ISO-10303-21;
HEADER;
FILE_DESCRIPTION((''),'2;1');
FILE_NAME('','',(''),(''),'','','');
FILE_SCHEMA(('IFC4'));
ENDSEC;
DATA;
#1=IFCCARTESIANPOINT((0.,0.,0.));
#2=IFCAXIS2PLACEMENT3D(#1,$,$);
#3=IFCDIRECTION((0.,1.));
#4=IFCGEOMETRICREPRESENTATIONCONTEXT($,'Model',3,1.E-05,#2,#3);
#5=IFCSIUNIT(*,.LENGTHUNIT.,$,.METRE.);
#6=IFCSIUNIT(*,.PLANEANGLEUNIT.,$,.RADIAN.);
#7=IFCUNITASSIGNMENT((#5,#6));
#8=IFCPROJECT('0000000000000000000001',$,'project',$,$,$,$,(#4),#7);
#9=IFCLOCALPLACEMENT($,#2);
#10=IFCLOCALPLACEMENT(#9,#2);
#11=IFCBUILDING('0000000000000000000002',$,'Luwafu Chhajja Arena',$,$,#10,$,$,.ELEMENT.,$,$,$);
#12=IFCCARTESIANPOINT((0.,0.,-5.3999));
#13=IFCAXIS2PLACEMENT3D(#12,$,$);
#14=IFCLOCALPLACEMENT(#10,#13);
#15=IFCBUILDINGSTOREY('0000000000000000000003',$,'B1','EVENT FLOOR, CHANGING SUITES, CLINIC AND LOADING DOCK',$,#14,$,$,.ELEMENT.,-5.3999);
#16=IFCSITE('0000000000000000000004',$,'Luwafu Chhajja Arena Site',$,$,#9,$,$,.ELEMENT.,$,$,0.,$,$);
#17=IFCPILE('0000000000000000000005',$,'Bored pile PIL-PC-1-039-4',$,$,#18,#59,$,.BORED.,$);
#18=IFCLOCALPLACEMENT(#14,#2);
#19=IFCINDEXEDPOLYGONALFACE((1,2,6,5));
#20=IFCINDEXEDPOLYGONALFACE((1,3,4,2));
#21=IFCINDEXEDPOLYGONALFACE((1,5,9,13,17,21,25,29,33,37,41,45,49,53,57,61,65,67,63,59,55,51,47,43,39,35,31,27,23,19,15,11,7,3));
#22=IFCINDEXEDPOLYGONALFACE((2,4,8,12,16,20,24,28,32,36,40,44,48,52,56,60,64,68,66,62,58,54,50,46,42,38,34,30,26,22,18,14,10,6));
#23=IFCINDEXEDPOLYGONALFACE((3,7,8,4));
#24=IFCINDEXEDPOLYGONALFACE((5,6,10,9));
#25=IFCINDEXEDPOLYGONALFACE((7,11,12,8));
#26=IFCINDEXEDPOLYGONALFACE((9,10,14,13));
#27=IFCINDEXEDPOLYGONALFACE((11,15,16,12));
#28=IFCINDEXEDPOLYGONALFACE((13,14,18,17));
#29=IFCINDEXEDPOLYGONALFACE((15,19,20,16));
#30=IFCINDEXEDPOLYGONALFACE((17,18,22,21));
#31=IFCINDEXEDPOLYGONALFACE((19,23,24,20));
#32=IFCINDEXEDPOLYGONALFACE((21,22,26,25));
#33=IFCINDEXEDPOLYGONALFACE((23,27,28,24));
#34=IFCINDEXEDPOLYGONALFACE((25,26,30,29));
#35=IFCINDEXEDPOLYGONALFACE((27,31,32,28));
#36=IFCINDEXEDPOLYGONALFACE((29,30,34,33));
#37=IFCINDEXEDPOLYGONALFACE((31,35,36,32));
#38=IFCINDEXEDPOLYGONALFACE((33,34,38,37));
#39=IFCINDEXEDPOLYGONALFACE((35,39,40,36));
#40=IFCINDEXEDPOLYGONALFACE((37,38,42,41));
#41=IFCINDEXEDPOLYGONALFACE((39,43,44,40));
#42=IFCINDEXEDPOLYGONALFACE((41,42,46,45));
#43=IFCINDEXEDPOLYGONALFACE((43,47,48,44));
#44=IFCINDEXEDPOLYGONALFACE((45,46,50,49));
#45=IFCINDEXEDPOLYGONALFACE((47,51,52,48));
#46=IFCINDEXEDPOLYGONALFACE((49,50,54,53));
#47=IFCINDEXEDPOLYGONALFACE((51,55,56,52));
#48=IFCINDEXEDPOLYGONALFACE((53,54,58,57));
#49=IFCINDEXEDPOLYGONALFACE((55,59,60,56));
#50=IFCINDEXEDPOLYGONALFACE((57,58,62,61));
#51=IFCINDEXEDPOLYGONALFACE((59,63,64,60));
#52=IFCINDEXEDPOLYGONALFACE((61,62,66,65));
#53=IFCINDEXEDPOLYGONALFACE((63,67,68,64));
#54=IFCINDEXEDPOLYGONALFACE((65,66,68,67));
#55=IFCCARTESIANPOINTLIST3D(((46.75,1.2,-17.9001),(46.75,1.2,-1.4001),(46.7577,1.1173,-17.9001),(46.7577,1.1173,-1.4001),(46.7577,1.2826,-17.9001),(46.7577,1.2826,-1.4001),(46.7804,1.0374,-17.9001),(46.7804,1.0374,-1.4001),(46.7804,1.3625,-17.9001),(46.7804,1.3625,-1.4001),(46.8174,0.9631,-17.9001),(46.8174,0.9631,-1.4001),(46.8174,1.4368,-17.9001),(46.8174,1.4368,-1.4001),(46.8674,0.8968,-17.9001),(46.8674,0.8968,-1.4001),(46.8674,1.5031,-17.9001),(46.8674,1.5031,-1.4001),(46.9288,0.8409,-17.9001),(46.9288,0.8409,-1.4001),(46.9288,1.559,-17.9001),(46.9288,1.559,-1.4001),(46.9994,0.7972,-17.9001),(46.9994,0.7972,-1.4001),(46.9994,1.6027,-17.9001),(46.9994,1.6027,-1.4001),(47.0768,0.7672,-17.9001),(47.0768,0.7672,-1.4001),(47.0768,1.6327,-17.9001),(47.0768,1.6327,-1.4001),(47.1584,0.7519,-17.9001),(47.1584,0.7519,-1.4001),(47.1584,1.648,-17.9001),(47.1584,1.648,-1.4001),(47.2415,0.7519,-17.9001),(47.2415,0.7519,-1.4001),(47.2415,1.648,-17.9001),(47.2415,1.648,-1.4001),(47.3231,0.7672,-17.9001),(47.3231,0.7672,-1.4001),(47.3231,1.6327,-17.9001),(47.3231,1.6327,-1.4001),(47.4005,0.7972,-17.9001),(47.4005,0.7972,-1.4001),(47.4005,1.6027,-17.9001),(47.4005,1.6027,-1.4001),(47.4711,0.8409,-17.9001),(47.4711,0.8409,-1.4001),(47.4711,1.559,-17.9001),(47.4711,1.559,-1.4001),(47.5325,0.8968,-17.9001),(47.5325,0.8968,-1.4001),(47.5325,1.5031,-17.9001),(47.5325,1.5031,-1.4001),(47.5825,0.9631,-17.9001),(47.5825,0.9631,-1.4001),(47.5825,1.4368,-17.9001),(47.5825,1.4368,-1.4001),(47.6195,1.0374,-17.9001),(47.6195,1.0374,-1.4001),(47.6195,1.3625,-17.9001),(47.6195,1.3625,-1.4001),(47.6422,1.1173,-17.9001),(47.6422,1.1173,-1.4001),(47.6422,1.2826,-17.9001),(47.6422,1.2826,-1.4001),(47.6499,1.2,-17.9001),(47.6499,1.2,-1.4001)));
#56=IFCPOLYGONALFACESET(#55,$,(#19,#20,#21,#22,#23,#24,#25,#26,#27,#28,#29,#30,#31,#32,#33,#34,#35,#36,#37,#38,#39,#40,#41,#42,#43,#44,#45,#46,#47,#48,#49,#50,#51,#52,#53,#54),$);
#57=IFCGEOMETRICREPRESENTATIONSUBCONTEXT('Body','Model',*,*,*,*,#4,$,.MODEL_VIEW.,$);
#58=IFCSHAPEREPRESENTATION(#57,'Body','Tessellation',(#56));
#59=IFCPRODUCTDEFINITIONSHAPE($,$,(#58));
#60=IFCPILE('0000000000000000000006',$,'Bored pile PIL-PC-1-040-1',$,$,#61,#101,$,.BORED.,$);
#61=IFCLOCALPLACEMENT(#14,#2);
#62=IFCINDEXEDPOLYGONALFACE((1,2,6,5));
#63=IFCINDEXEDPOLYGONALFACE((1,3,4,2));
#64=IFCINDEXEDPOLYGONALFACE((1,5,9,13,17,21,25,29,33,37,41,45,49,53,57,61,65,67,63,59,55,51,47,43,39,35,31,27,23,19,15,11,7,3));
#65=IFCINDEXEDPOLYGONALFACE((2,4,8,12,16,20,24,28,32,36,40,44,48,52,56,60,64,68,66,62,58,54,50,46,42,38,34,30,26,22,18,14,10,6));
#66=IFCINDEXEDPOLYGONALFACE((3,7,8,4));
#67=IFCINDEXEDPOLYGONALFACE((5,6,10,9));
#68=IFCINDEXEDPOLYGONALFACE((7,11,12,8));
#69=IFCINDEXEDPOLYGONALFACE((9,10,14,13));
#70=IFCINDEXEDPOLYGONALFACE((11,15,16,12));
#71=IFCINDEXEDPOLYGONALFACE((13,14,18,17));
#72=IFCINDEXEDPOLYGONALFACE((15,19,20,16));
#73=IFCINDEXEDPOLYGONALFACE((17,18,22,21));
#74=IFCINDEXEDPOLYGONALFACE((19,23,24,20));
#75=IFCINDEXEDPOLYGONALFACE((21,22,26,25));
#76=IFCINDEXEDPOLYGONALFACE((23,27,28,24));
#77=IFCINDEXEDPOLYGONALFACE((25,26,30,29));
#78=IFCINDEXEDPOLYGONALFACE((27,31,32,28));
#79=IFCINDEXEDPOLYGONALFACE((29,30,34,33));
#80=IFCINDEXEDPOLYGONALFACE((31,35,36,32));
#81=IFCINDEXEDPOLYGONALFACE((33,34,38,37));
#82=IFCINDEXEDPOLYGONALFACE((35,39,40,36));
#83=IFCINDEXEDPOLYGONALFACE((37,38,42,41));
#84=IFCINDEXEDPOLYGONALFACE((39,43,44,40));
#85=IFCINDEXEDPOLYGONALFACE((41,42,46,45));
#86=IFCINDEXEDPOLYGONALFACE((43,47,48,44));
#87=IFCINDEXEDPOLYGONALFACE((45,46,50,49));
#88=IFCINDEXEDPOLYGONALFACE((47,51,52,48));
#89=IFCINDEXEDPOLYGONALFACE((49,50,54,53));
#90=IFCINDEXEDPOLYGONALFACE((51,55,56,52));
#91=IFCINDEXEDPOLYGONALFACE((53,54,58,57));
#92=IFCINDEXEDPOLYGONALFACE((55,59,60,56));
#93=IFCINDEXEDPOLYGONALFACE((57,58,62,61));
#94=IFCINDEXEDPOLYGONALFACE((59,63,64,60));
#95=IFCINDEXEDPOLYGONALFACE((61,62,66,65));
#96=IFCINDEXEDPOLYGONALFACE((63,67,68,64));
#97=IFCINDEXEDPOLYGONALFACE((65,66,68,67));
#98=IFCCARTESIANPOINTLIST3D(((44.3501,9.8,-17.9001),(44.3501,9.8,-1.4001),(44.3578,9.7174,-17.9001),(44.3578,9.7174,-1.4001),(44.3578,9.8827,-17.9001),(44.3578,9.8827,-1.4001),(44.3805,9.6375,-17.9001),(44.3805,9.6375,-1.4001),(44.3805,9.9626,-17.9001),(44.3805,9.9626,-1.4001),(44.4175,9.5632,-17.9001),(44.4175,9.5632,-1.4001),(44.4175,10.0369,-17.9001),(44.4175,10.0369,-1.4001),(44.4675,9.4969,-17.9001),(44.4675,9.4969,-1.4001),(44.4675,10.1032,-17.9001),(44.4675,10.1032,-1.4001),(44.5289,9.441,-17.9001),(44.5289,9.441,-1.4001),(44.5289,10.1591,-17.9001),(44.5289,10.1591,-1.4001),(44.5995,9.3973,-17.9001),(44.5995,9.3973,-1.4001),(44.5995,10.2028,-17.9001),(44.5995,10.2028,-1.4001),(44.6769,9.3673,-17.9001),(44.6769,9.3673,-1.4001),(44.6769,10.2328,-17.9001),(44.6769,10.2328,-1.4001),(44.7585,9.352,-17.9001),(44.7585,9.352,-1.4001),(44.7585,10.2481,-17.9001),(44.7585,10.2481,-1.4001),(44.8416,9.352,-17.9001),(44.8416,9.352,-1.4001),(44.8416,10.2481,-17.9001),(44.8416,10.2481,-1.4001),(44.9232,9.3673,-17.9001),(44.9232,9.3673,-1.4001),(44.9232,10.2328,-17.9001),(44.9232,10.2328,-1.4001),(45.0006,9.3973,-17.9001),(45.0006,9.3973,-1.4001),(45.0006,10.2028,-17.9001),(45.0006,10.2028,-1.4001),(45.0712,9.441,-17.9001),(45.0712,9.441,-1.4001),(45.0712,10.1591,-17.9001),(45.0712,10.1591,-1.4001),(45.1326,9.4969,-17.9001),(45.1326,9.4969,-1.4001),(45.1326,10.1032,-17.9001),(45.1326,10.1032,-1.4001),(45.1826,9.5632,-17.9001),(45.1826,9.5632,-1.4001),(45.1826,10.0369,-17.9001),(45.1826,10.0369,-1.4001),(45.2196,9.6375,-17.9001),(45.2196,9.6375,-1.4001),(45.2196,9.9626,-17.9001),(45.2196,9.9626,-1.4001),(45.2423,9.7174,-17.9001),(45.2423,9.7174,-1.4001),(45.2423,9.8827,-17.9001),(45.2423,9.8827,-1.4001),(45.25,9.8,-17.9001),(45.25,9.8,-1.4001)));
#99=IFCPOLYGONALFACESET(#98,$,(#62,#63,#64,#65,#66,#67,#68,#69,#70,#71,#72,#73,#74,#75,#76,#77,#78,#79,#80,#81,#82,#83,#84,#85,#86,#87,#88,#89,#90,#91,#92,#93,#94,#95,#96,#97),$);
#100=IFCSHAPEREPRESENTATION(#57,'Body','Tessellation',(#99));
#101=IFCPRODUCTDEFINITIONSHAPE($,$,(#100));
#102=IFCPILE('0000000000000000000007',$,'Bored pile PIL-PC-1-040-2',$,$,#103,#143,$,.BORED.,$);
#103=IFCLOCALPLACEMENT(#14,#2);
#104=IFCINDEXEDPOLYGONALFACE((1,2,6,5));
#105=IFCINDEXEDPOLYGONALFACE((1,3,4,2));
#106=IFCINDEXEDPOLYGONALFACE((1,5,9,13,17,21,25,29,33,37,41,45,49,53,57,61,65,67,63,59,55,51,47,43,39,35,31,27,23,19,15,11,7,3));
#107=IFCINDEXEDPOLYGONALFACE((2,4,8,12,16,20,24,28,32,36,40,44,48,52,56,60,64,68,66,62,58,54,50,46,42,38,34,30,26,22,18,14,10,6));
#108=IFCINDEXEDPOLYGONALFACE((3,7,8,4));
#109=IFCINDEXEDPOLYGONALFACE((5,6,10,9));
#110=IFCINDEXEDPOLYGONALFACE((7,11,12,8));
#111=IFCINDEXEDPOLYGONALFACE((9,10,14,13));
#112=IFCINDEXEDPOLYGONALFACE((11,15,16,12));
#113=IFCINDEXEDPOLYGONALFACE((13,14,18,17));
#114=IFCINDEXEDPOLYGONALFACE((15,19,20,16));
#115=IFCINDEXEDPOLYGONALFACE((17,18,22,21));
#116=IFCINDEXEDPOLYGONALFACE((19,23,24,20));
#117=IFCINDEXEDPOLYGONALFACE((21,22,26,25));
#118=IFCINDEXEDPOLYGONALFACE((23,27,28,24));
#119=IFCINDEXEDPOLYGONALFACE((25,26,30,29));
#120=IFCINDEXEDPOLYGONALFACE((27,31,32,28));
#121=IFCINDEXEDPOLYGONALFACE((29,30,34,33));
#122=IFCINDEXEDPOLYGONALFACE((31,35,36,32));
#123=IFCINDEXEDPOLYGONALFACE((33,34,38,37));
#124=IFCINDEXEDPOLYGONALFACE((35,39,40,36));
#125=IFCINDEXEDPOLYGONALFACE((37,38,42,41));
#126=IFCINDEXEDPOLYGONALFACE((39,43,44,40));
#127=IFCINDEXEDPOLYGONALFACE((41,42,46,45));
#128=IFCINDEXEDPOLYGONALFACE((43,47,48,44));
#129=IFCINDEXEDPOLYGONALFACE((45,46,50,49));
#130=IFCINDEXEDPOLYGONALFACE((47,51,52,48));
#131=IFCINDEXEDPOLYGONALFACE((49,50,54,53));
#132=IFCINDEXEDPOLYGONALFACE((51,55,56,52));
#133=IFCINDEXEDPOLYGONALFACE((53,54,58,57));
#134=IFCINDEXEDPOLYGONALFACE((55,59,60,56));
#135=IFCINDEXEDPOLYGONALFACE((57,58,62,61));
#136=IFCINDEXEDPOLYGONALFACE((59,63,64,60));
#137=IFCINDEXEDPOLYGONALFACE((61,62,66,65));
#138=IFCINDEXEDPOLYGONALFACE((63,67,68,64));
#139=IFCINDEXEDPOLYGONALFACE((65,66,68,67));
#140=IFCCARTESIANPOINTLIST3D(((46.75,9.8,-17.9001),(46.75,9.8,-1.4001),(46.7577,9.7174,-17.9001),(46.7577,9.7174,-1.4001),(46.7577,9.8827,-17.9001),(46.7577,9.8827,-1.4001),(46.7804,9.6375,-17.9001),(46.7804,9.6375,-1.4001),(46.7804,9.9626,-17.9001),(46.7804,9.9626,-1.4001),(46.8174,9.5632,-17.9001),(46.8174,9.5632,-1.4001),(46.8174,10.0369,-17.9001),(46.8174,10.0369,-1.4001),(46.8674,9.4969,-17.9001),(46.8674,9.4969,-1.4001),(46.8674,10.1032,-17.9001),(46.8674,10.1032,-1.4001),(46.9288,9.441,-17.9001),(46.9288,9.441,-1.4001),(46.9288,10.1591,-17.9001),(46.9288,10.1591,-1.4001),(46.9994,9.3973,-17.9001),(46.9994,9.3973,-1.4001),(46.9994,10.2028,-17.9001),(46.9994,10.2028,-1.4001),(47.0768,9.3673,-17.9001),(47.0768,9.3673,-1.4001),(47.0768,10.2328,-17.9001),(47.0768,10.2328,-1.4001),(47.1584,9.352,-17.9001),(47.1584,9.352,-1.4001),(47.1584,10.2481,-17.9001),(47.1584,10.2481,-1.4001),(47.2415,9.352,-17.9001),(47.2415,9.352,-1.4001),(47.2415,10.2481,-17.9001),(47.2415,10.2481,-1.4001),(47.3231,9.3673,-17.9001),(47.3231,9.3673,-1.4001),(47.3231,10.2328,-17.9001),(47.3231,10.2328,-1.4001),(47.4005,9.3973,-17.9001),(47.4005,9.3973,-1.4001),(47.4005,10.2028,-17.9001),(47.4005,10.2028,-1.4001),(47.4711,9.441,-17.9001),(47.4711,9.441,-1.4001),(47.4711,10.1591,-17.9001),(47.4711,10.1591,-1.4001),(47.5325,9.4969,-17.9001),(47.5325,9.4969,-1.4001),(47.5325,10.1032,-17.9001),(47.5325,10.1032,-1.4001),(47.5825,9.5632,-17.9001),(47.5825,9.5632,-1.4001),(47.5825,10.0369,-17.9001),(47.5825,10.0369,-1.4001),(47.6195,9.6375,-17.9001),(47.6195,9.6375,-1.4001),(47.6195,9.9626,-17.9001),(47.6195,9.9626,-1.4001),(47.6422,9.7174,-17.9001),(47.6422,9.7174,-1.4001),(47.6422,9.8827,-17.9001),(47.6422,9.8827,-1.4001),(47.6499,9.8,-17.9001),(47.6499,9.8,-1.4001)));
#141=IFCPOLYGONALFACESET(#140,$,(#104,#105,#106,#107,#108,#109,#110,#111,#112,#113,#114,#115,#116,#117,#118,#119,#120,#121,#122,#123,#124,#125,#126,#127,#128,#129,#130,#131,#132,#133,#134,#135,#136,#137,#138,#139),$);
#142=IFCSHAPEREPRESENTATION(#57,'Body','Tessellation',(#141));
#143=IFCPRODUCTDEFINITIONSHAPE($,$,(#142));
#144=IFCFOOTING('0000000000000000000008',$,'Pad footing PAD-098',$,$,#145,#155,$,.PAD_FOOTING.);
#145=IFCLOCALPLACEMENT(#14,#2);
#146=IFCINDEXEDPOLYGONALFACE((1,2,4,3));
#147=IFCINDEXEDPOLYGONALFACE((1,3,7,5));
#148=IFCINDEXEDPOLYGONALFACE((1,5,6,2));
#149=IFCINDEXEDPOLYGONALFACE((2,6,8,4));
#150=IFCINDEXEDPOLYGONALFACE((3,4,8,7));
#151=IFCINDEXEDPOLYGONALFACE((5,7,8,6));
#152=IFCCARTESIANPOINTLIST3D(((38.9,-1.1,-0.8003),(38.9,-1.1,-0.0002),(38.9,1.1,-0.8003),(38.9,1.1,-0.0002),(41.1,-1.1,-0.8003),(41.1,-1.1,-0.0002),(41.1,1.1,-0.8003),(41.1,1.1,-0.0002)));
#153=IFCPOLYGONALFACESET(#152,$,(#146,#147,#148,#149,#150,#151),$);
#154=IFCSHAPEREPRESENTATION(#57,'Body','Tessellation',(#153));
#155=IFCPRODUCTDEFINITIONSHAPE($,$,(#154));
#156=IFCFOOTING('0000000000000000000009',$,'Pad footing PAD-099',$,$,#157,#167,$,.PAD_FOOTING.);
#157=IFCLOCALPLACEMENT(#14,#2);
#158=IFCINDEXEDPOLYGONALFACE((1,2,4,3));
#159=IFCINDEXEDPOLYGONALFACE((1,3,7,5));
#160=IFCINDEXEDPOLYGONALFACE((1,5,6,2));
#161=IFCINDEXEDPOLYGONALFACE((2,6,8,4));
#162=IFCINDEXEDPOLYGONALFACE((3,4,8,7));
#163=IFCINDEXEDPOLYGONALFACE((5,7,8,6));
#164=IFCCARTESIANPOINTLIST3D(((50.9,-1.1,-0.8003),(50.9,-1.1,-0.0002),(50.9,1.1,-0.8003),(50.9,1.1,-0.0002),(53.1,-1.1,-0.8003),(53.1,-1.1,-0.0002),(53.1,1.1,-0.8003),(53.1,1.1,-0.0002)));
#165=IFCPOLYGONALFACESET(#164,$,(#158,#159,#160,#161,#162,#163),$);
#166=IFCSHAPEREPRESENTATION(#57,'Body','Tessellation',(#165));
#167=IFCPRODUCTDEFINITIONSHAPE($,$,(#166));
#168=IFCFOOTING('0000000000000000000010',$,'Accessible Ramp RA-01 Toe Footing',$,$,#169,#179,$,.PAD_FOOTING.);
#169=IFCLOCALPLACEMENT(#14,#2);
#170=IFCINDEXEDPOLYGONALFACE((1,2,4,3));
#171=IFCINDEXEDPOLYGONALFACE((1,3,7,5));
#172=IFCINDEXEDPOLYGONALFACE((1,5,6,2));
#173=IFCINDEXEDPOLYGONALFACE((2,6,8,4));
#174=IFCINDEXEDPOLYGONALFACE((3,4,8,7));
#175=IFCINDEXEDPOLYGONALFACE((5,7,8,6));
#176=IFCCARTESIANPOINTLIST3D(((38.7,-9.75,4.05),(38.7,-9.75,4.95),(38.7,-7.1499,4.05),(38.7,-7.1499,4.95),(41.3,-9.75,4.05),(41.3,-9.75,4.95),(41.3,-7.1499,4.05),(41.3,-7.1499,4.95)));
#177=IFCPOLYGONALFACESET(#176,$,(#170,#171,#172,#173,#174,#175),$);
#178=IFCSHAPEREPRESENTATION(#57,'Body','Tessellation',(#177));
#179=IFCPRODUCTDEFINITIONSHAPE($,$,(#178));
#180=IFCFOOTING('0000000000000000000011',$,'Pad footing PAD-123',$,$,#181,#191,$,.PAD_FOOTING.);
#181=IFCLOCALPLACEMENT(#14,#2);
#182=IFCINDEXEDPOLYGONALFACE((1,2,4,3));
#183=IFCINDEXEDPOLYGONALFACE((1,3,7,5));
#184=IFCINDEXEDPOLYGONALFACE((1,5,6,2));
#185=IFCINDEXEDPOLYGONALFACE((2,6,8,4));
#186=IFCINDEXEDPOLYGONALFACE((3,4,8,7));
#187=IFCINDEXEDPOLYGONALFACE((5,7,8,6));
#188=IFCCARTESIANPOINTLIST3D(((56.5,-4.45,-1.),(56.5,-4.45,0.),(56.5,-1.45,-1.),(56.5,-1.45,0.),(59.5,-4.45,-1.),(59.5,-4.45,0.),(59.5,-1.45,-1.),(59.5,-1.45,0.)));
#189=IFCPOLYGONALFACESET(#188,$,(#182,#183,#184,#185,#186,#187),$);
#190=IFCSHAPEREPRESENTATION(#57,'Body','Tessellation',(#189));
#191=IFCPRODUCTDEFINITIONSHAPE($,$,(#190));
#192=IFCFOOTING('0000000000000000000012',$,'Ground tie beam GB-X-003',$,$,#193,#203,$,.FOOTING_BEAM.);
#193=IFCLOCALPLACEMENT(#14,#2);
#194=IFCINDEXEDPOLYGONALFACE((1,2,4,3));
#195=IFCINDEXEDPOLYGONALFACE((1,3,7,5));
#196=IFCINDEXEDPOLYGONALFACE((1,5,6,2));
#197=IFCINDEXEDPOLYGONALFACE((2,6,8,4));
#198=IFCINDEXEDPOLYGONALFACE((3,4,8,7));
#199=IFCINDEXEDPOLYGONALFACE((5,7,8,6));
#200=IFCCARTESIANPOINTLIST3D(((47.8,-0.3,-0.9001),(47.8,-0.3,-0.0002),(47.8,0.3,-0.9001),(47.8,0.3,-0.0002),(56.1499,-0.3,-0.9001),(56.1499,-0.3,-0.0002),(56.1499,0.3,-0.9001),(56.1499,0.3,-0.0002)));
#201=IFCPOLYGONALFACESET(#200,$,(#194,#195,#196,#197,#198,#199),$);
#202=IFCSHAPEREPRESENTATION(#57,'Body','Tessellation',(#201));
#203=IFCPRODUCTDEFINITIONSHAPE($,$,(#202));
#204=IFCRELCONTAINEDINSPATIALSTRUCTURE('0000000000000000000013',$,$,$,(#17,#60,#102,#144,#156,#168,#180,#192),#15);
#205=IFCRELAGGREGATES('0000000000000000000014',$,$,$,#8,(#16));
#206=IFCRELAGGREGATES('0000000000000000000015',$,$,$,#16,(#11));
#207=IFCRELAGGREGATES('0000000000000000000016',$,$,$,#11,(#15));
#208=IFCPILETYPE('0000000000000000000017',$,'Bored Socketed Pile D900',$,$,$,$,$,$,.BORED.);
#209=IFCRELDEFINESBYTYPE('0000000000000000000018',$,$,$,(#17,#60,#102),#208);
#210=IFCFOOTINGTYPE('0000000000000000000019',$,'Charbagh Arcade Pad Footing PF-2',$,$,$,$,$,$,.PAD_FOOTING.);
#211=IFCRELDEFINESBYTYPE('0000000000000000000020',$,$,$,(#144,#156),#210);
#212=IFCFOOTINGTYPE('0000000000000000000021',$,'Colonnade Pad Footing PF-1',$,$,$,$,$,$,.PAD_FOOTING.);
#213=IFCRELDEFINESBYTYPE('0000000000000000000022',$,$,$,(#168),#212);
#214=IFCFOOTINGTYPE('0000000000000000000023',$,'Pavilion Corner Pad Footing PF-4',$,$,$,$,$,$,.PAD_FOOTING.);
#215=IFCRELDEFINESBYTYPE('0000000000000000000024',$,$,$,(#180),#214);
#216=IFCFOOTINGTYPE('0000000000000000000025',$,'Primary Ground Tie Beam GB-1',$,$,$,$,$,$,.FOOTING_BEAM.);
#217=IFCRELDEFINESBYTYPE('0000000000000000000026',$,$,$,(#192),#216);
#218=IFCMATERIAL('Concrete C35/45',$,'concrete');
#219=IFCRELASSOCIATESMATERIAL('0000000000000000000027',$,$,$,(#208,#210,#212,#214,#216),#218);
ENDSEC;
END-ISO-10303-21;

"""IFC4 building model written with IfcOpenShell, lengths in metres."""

from ifc_helpers import new_model, si_unit, direction, frame, origin, origin_2d, place, context, subcontext, project, spatial, rectangle, circle, extrude, material, material_profile, profile_set, type_object, element, save


model = new_model("IFC4")

# Units and contexts
model_context = context("Model", 3, precision=1e-05, world=origin(), true_north=direction((0.0, 1.0)))
body_context = subcontext(model_context, "Body", "Model", "MODEL_VIEW")
ifc_project = project(units=[si_unit("LENGTHUNIT", "METRE"), si_unit("PLANEANGLEUNIT", "RADIAN")], contexts=[model_context])

# Site, building, storey
site_placement = place(None, origin())
site = spatial("IfcSite", under=ifc_project, at=site_placement, Name="Luwafu Chhajja Arena Site", CompositionType="ELEMENT", RefElevation=0.0)
building_placement = place(site_placement, origin())
building = spatial("IfcBuilding", under=site, at=building_placement, Name="Luwafu Chhajja Arena", CompositionType="ELEMENT")
storey_placement = place(building_placement, frame((0.0, 0.0, -5.3999)))
storey = spatial("IfcBuildingStorey", under=building, at=storey_placement, Name="B1", Description="EVENT FLOOR, CHANGING SUITES, CLINIC AND LOADING DOCK", CompositionType="ELEMENT", Elevation=-5.3999)

# Shared definitions
ifc_material_1 = material(Name="Concrete C35/45", Category="concrete")

# Piles
ifc_material_profile_1 = material_profile(ifc_material_1, circle(Radius=0.45, at=origin_2d()), Name="PILE D900")
ifc_profile_set_1 = profile_set([ifc_material_profile_1], Name="Concrete C35/45")
pile_type_1 = type_object("IfcPileType", Name="Bored Socketed Pile D900", PredefinedType="BORED", material=ifc_profile_set_1)
for number, where, z_axis, x_axis, name in (
    (1, (47.2, 1.2, -1.4001), (0.0, 0.0, -1.0), (1.0, 0.0, 0.0), "Bored pile PIL-PC-1-039-4"),
    (2, (44.8, 9.8, -1.4001), (0.0, 0.0, -1.0), (1.0, 0.0, 0.0), "Bored pile PIL-PC-1-040-1"),
    (3, (47.2, 9.8, -1.4001), (0.0, 0.0, -1.0), (1.0, 0.0, 0.0), "Bored pile PIL-PC-1-040-2"),
):
    element("IfcPile", number, at=place(storey_placement, frame(where, z_axis=z_axis, x_axis=x_axis)), inside=storey, type_object=pile_type_1, Name=name, PredefinedType="BORED", context=body_context, shape_type="SweptSolid", body=[
        extrude(circle(Radius=0.45, at=origin_2d()), origin(), (0.0, 0.0, 1.0), 16.5),
    ])

# Footings
footing_type_1 = type_object("IfcFootingType", Name="Charbagh Arcade Pad Footing PF-2", PredefinedType="PAD_FOOTING", material=ifc_material_1)
for number, where, z_axis, x_axis, name in (
    (4, (40.0, 0.0, -0.8003), (0.0, 0.0, 1.0), (1.0, 0.0, 0.0), "Pad footing PAD-098"),
    (5, (52.0, 0.0, -0.8003), (0.0, 0.0, 1.0), (1.0, 0.0, 0.0), "Pad footing PAD-099"),
):
    element("IfcFooting", number, at=place(storey_placement, frame(where, z_axis=z_axis, x_axis=x_axis)), inside=storey, type_object=footing_type_1, Name=name, PredefinedType="PAD_FOOTING", context=body_context, shape_type="SweptSolid", body=[
        extrude(rectangle(XDim=2.2, YDim=2.2, at=origin_2d()), origin(), (0.0, 0.0, 1.0), 0.8),
    ])
footing_type_2 = type_object("IfcFootingType", Name="Colonnade Pad Footing PF-1", PredefinedType="PAD_FOOTING", material=ifc_material_1)
footing_1_placement = place(storey_placement, frame((40.0, -8.45, 4.05), z_axis=(0.0, 0.0, 1.0), x_axis=(1.0, 0.0, 0.0)))
element("IfcFooting", 6, at=footing_1_placement, inside=storey, type_object=footing_type_2, Name="Accessible Ramp RA-01 Toe Footing", PredefinedType="PAD_FOOTING", context=body_context, shape_type="SweptSolid", body=[
    extrude(rectangle(XDim=2.6001, YDim=2.6001, at=origin_2d()), origin(), (0.0, 0.0, 1.0), 0.8999),
])
footing_type_3 = type_object("IfcFootingType", Name="Pavilion Corner Pad Footing PF-4", PredefinedType="PAD_FOOTING", material=ifc_material_1)
footing_2_placement = place(storey_placement, frame((58.0, -2.95, -1.0), z_axis=(0.0, 0.0, 1.0), x_axis=(1.0, 0.0, 0.0)))
element("IfcFooting", 7, at=footing_2_placement, inside=storey, type_object=footing_type_3, Name="Pad footing PAD-123", PredefinedType="PAD_FOOTING", context=body_context, shape_type="SweptSolid", body=[
    extrude(rectangle(XDim=3.0, YDim=3.0, at=origin_2d()), origin(), (0.0, 0.0, 1.0), 1.0),
])
ifc_material_profile_2 = material_profile(ifc_material_1, rectangle(XDim=0.6001, YDim=0.8999, at=origin_2d()), Name="RC 600x900")
ifc_profile_set_2 = profile_set([ifc_material_profile_2], Name="Concrete C35/45")
footing_type_4 = type_object("IfcFootingType", Name="Primary Ground Tie Beam GB-1", PredefinedType="FOOTING_BEAM", material=ifc_profile_set_2)
footing_3_placement = place(storey_placement, frame((47.8, 0.0, -0.4502), z_axis=(1.0, 0.0, 0.0), x_axis=(0.0, 1.0, 0.0)))
element("IfcFooting", 8, at=footing_3_placement, inside=storey, type_object=footing_type_4, Name="Ground tie beam GB-X-003", PredefinedType="FOOTING_BEAM", context=body_context, shape_type="SweptSolid", body=[
    extrude(rectangle(XDim=0.6001, YDim=0.8999, at=origin_2d()), origin(), (0.0, 0.0, 1.0), 8.3499),
])

save(model, "model.ifc")
